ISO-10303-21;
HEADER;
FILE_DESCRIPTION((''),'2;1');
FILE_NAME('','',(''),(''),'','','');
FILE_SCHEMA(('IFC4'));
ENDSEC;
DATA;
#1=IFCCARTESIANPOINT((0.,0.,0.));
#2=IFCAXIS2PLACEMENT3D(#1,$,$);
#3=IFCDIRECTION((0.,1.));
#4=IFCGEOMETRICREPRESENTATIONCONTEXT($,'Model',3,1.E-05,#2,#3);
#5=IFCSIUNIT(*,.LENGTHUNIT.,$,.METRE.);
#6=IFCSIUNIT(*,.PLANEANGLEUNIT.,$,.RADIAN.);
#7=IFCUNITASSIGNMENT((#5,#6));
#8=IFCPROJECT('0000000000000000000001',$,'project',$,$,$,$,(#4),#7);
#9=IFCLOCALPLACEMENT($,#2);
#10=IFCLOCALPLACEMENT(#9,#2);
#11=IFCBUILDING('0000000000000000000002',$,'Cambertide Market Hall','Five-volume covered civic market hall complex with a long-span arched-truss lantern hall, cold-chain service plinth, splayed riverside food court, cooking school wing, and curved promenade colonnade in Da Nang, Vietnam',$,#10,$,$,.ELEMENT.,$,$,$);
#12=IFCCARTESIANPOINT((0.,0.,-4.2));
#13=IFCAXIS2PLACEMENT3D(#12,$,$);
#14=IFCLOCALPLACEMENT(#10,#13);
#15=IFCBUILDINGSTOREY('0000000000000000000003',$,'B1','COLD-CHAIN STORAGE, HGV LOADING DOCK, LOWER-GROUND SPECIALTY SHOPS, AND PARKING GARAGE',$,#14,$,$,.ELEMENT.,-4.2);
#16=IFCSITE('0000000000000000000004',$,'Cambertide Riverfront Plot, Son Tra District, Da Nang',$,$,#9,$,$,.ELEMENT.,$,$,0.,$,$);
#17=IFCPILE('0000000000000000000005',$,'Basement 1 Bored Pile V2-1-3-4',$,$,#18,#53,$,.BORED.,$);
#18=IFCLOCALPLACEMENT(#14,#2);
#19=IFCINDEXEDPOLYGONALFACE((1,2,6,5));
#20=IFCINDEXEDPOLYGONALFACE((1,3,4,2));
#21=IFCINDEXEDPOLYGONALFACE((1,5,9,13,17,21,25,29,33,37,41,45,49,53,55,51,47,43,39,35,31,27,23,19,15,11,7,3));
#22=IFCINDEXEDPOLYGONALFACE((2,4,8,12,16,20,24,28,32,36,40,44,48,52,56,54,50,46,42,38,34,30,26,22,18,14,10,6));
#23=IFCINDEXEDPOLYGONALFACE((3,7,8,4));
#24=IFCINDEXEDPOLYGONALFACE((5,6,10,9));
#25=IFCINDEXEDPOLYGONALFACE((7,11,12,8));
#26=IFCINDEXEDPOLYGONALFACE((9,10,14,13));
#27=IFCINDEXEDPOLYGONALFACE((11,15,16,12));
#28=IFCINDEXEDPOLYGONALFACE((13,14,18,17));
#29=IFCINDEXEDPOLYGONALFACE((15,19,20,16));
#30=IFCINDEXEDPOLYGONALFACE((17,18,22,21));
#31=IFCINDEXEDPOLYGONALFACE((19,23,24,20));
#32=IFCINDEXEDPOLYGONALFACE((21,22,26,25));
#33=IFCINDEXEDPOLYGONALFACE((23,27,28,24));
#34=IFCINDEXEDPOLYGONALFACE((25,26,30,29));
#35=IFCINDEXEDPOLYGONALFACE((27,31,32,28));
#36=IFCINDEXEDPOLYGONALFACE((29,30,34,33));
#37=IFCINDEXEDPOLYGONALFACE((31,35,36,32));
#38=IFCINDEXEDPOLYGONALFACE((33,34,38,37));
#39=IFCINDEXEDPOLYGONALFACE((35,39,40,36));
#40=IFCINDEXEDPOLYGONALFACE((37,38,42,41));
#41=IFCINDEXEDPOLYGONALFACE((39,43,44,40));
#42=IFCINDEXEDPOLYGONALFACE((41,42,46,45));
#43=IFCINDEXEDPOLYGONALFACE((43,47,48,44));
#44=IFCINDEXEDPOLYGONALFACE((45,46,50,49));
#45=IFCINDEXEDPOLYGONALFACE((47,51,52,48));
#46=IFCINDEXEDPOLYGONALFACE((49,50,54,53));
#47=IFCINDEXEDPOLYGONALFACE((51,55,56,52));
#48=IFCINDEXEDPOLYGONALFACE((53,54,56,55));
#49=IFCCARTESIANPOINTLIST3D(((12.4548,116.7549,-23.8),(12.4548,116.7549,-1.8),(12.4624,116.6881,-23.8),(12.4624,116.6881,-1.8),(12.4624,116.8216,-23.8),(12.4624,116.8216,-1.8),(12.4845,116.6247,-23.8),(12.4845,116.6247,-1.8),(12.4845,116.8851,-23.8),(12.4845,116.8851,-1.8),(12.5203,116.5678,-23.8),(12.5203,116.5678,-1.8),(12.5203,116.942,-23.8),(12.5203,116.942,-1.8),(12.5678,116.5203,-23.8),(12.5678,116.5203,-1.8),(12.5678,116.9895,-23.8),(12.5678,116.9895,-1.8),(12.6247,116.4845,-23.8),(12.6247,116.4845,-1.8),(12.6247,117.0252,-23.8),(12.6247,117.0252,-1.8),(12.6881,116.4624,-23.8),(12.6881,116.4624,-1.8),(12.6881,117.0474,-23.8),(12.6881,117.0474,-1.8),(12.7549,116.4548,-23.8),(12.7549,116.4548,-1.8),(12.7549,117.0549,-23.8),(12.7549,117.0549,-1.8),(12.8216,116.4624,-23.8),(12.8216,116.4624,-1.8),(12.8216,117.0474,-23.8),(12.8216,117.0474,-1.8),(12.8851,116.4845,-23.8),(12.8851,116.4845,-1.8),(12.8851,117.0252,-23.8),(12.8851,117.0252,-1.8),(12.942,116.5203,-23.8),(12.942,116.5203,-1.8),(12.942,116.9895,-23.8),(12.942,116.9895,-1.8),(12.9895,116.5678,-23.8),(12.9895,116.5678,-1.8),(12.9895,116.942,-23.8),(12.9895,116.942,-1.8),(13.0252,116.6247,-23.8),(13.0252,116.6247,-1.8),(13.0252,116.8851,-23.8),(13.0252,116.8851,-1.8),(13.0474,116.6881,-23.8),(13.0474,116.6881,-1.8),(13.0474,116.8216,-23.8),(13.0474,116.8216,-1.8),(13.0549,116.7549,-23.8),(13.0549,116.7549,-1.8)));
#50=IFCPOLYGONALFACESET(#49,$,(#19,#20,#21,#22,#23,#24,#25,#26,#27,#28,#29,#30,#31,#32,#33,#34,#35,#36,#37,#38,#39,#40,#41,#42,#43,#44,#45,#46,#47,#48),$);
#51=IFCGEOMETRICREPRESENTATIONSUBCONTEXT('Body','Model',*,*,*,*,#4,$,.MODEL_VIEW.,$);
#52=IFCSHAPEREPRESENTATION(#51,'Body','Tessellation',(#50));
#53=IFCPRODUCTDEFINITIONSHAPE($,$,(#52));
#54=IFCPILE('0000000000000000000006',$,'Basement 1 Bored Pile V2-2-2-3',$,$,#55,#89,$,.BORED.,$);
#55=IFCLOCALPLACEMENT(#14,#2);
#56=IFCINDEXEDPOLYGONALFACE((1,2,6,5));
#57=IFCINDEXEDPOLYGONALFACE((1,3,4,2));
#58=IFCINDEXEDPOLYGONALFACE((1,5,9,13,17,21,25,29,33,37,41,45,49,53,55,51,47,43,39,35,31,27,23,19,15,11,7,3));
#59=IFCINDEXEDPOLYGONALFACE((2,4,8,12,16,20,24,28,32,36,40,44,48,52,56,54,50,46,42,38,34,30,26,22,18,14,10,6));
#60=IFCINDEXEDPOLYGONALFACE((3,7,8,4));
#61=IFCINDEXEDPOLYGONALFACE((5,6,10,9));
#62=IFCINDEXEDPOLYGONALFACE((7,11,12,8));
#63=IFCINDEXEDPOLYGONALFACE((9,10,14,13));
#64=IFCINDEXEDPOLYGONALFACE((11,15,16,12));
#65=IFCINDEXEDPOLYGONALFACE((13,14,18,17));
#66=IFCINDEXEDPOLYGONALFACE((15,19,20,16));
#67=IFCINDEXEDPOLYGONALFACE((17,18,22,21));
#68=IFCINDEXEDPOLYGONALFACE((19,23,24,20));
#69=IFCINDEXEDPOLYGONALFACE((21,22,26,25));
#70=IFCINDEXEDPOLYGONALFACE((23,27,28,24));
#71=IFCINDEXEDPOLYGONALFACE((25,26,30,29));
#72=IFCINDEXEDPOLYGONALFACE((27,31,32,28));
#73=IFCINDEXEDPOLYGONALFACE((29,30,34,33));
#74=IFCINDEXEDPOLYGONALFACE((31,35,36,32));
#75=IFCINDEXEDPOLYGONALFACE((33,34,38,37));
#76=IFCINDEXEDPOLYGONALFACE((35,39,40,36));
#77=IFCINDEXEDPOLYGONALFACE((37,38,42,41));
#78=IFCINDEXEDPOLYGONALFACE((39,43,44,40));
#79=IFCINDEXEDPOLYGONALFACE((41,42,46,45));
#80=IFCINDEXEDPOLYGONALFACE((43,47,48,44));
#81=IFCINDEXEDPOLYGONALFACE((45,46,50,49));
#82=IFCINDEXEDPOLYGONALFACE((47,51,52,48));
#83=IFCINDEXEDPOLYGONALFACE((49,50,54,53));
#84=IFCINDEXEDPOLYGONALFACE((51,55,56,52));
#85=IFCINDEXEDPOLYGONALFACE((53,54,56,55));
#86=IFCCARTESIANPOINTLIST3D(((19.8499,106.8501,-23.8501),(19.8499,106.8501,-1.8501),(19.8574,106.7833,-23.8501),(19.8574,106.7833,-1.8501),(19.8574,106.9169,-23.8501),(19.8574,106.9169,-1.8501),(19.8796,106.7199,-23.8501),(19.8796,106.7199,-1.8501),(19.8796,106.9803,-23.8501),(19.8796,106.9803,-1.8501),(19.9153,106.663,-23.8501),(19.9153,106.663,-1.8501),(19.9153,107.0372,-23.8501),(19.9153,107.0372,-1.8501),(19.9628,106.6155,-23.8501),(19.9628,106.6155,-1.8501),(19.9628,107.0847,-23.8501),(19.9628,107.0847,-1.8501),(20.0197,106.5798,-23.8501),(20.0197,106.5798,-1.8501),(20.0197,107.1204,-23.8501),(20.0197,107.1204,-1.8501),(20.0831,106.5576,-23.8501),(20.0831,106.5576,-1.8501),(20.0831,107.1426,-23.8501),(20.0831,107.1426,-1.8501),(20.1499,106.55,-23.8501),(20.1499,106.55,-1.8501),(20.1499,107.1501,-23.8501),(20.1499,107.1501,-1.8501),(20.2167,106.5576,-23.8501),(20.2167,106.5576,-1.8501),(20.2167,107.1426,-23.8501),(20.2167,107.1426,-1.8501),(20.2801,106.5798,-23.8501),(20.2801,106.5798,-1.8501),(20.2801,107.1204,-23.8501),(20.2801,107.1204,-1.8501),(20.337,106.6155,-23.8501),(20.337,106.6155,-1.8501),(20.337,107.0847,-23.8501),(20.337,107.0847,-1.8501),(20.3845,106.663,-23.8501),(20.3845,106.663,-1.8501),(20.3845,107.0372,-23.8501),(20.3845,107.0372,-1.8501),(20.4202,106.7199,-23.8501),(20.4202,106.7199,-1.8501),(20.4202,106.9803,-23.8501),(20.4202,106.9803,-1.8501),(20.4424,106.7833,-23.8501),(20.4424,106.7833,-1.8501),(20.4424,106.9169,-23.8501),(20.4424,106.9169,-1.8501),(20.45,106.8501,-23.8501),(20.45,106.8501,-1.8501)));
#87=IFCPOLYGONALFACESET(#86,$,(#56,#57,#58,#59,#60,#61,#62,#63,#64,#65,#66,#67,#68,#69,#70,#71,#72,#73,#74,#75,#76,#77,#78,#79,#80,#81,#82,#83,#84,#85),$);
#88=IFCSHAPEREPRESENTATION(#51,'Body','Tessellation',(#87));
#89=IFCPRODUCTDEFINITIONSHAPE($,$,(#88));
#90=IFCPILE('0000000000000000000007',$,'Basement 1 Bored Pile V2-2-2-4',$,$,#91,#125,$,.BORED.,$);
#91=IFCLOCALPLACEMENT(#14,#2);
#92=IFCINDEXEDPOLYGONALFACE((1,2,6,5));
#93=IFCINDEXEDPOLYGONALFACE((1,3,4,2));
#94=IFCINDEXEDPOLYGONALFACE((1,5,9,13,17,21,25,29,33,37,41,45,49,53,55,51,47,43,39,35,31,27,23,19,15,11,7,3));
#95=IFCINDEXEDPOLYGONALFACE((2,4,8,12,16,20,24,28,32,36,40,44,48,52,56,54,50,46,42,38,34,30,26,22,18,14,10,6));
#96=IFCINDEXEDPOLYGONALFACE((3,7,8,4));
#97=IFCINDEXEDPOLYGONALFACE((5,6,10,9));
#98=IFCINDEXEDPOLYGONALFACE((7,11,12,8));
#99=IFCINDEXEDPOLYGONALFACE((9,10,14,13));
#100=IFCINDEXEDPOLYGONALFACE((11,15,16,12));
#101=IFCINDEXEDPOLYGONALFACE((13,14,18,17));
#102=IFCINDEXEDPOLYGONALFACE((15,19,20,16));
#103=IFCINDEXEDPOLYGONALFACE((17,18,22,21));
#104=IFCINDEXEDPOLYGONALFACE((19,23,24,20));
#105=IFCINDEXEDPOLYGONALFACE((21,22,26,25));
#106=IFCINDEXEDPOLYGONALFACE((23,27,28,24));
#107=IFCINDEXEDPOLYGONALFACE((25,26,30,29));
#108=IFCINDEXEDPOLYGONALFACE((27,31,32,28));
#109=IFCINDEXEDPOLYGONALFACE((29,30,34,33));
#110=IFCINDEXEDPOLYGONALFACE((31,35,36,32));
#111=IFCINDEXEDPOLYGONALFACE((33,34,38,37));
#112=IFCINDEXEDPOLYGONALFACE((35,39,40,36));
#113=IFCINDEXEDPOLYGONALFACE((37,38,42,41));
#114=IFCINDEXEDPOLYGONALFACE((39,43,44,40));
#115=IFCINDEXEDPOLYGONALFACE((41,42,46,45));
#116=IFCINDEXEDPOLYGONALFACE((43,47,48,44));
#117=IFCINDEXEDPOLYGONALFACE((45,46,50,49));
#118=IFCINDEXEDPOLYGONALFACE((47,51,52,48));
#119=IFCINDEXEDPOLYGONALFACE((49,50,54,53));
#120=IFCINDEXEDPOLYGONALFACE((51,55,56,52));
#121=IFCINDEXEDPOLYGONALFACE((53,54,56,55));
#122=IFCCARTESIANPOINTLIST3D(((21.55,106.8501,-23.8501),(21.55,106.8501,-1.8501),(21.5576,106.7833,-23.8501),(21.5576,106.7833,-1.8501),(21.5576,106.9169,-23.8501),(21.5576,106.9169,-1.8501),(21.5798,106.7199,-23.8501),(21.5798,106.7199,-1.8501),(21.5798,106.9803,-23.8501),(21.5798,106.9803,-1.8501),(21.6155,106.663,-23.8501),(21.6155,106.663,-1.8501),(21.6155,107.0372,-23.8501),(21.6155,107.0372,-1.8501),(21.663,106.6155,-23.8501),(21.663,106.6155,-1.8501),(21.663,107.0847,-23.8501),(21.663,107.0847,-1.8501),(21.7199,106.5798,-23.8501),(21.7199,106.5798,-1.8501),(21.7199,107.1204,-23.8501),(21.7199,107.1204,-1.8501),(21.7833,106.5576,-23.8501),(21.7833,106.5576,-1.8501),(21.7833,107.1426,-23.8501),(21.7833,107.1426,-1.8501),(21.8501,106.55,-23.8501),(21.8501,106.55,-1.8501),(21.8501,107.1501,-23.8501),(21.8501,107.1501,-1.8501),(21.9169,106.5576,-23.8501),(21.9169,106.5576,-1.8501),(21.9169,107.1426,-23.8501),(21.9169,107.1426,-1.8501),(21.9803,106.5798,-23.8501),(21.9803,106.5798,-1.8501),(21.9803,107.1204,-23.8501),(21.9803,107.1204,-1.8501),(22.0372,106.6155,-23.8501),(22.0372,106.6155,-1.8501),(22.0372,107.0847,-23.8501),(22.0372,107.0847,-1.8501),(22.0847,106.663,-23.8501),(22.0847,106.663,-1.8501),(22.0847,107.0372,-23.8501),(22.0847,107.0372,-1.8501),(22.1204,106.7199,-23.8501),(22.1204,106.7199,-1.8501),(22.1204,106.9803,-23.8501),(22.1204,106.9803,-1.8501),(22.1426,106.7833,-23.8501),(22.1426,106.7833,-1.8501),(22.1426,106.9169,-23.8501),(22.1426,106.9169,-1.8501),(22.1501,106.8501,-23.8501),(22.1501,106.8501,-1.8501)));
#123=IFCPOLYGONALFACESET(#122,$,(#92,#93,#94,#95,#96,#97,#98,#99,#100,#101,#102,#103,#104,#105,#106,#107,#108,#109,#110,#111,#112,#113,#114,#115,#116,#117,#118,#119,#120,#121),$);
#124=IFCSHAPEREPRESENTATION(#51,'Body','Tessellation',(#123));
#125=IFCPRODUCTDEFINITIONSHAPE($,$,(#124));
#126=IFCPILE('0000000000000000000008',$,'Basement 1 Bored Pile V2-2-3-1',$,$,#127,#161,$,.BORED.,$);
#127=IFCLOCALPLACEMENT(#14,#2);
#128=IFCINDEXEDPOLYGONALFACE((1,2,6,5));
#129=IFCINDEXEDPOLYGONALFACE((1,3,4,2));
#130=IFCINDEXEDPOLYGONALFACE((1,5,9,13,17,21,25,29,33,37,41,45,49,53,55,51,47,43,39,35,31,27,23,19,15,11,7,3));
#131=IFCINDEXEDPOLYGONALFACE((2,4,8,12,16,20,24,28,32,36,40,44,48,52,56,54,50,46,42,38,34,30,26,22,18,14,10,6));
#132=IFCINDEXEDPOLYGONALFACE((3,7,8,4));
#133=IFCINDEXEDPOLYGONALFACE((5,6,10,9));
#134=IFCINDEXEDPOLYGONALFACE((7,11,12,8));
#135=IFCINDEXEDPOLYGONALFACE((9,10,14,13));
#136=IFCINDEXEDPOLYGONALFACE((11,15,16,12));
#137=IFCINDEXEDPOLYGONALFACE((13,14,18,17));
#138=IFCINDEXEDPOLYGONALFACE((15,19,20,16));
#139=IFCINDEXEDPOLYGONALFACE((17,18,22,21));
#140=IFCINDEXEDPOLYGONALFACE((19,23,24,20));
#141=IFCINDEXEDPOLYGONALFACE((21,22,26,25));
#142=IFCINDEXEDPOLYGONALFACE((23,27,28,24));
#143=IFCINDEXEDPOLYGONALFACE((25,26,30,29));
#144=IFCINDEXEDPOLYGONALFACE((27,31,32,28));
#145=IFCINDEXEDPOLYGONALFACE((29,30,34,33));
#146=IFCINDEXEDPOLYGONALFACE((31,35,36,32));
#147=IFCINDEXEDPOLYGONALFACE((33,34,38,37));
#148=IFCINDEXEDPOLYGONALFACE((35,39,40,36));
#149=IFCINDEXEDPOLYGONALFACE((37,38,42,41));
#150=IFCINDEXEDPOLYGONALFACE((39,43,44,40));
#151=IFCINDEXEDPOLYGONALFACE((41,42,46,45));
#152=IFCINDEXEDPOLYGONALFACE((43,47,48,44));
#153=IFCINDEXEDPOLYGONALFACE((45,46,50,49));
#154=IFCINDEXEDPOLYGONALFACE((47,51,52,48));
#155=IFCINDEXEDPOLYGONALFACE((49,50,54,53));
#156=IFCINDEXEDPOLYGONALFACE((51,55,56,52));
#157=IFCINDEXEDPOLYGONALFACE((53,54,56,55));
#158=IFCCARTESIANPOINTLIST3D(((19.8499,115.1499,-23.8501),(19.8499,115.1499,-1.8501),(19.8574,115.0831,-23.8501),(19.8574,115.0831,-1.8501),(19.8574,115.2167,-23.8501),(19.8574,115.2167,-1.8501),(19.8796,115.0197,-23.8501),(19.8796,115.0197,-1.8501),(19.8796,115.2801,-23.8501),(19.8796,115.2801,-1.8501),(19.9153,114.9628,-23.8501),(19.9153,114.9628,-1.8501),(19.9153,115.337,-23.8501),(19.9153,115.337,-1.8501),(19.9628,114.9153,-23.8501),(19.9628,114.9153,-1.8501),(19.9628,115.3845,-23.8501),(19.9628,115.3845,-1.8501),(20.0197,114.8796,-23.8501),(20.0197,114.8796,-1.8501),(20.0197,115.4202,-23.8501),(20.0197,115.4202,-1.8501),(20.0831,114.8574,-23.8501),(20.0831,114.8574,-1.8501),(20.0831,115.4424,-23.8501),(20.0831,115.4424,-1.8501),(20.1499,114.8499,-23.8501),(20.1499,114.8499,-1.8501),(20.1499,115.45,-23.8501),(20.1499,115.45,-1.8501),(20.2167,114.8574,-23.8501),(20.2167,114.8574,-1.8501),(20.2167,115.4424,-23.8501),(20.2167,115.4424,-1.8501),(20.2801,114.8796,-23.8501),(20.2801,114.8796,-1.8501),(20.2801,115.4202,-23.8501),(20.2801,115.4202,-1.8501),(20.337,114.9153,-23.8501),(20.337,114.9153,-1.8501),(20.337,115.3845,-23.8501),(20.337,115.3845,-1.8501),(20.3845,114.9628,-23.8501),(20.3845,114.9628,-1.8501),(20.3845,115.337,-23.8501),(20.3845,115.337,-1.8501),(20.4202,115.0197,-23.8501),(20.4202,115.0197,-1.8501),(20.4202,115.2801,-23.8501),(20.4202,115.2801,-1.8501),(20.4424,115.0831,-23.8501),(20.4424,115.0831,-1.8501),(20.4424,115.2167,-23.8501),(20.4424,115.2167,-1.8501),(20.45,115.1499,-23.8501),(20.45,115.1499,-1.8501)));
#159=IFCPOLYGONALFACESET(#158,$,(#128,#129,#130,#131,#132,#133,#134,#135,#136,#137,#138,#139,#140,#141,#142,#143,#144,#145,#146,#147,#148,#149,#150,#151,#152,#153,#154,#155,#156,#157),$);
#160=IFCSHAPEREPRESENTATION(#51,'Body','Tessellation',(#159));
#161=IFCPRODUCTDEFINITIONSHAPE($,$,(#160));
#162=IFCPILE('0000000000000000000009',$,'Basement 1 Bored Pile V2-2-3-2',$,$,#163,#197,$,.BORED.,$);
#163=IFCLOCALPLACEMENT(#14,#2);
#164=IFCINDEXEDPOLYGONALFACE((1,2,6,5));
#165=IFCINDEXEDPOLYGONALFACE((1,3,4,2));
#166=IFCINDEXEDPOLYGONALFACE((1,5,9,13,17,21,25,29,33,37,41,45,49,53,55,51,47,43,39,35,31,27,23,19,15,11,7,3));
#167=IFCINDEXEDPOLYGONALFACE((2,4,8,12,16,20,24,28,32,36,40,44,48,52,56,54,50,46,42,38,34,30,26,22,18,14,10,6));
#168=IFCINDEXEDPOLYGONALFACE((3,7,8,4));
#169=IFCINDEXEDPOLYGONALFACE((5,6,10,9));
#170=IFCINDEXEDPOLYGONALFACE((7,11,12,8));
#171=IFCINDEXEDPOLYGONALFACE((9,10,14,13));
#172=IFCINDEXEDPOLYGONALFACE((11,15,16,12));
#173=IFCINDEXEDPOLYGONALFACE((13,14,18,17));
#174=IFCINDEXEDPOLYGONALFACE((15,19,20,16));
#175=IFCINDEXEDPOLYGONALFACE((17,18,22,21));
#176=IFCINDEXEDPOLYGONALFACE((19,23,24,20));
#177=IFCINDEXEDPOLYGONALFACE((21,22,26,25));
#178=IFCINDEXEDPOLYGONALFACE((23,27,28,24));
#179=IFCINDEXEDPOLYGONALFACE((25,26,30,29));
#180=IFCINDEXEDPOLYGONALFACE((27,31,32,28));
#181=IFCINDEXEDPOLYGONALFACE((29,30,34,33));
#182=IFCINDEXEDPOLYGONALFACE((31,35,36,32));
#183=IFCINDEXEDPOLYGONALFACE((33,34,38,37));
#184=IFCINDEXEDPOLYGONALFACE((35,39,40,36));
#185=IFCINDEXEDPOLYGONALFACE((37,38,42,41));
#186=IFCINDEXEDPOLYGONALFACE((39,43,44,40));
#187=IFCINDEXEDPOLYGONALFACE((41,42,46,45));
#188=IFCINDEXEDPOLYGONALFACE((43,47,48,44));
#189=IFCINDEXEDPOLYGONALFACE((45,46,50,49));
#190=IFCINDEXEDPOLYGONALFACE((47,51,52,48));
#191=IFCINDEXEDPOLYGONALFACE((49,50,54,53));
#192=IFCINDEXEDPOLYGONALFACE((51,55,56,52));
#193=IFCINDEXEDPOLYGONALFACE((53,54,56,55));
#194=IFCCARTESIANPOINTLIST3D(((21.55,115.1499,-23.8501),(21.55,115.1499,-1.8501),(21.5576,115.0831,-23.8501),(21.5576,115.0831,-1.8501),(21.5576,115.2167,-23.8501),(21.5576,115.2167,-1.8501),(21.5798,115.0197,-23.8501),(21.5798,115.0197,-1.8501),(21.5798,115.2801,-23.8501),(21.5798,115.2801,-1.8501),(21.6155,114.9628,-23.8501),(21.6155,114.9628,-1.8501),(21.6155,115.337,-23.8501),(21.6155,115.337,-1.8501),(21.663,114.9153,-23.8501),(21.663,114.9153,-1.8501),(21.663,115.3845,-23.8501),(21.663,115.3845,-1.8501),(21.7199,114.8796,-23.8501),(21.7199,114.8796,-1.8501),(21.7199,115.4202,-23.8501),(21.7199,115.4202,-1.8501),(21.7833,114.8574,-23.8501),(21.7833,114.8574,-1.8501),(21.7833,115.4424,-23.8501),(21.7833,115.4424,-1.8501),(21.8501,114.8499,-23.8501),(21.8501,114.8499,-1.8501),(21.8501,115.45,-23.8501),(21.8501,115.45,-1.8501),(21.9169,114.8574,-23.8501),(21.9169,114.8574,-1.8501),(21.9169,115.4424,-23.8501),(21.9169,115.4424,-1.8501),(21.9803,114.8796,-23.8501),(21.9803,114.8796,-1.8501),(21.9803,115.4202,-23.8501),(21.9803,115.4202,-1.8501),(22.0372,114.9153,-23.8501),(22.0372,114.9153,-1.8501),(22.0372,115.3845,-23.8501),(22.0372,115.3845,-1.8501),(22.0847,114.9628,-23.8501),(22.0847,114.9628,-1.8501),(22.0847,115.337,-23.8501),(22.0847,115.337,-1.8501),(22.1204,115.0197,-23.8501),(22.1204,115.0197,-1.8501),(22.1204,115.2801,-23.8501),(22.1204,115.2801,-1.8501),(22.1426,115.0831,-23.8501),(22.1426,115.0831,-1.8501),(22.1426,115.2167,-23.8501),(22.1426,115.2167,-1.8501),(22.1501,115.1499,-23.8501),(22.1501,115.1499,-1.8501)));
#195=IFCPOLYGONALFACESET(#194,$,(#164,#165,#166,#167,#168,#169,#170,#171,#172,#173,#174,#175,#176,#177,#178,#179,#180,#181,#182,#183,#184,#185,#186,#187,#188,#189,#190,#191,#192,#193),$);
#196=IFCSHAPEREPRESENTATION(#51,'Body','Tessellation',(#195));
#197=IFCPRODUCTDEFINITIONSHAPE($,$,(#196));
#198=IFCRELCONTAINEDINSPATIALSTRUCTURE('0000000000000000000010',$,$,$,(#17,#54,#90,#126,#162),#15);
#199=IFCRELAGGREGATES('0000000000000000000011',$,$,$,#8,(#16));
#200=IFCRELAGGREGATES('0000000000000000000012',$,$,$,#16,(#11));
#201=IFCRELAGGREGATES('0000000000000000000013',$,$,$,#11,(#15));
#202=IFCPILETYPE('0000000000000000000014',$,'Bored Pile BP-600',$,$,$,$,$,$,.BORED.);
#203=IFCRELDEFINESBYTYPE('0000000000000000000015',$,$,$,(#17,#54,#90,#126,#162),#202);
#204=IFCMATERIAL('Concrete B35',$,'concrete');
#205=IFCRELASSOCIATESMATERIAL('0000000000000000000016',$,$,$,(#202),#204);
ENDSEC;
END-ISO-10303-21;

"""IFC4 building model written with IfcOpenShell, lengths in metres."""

from ifc_helpers import new_model, si_unit, direction, frame, origin, origin_2d, place, context, subcontext, project, spatial, circle, extrude, material, material_profile, profile_set, type_object, element, save


model = new_model("IFC4")

# Units and contexts
model_context = context("Model", 3, precision=1e-05, world=origin(), true_north=direction((0.0, 1.0)))
body_context = subcontext(model_context, "Body", "Model", "MODEL_VIEW")
ifc_project = project(units=[si_unit("LENGTHUNIT", "METRE"), si_unit("PLANEANGLEUNIT", "RADIAN")], contexts=[model_context])

# Site, building, storey
site_placement = place(None, origin())
site = spatial("IfcSite", under=ifc_project, at=site_placement, Name="Cambertide Riverfront Plot, Son Tra District, Da Nang", CompositionType="ELEMENT", RefElevation=0.0)
building_placement = place(site_placement, origin())
building = spatial("IfcBuilding", under=site, at=building_placement, Name="Cambertide Market Hall", Description="Five-volume covered civic market hall complex with a long-span arched-truss lantern hall, cold-chain service plinth, splayed riverside food court, cooking school wing, and curved promenade colonnade in Da Nang, Vietnam", CompositionType="ELEMENT")
storey_placement = place(building_placement, frame((0.0, 0.0, -4.2)))
storey = spatial("IfcBuildingStorey", under=building, at=storey_placement, Name="B1", Description="COLD-CHAIN STORAGE, HGV LOADING DOCK, LOWER-GROUND SPECIALTY SHOPS, AND PARKING GARAGE", CompositionType="ELEMENT", Elevation=-4.2)

# Piles
ifc_material_1 = material(Name="Concrete B35", Category="concrete")
ifc_material_profile_1 = material_profile(ifc_material_1, circle(Radius=0.3, at=origin_2d()), Name="BP D600")
ifc_profile_set_1 = profile_set([ifc_material_profile_1], Name="Concrete B35")
pile_type = type_object("IfcPileType", Name="Bored Pile BP-600", PredefinedType="BORED", material=ifc_profile_set_1)
for number, where, z_axis, x_axis, name in (
    (1, (12.7549, 116.7549, -1.8), (0.0, 0.0, -1.0), (1.0, 0.0, 0.0), "Basement 1 Bored Pile V2-1-3-4"),
    (2, (20.1499, 106.8501, -1.8501), (0.0, 0.0, -1.0), (1.0, 0.0, 0.0), "Basement 1 Bored Pile V2-2-2-3"),
    (3, (21.8501, 106.8501, -1.8501), (0.0, 0.0, -1.0), (1.0, 0.0, 0.0), "Basement 1 Bored Pile V2-2-2-4"),
    (4, (20.1499, 115.1499, -1.8501), (0.0, 0.0, -1.0), (1.0, 0.0, 0.0), "Basement 1 Bored Pile V2-2-3-1"),
    (5, (21.8501, 115.1499, -1.8501), (0.0, 0.0, -1.0), (1.0, 0.0, 0.0), "Basement 1 Bored Pile V2-2-3-2"),
):
    element("IfcPile", number, at=place(storey_placement, frame(where, z_axis=z_axis, x_axis=x_axis)), inside=storey, type_object=pile_type, Name=name, PredefinedType="BORED", context=body_context, shape_type="SweptSolid", body=[
        extrude(circle(Radius=0.3, at=origin_2d()), origin(), (0.0, 0.0, 1.0), 22.0),
    ])

save(model, "model.ifc")
